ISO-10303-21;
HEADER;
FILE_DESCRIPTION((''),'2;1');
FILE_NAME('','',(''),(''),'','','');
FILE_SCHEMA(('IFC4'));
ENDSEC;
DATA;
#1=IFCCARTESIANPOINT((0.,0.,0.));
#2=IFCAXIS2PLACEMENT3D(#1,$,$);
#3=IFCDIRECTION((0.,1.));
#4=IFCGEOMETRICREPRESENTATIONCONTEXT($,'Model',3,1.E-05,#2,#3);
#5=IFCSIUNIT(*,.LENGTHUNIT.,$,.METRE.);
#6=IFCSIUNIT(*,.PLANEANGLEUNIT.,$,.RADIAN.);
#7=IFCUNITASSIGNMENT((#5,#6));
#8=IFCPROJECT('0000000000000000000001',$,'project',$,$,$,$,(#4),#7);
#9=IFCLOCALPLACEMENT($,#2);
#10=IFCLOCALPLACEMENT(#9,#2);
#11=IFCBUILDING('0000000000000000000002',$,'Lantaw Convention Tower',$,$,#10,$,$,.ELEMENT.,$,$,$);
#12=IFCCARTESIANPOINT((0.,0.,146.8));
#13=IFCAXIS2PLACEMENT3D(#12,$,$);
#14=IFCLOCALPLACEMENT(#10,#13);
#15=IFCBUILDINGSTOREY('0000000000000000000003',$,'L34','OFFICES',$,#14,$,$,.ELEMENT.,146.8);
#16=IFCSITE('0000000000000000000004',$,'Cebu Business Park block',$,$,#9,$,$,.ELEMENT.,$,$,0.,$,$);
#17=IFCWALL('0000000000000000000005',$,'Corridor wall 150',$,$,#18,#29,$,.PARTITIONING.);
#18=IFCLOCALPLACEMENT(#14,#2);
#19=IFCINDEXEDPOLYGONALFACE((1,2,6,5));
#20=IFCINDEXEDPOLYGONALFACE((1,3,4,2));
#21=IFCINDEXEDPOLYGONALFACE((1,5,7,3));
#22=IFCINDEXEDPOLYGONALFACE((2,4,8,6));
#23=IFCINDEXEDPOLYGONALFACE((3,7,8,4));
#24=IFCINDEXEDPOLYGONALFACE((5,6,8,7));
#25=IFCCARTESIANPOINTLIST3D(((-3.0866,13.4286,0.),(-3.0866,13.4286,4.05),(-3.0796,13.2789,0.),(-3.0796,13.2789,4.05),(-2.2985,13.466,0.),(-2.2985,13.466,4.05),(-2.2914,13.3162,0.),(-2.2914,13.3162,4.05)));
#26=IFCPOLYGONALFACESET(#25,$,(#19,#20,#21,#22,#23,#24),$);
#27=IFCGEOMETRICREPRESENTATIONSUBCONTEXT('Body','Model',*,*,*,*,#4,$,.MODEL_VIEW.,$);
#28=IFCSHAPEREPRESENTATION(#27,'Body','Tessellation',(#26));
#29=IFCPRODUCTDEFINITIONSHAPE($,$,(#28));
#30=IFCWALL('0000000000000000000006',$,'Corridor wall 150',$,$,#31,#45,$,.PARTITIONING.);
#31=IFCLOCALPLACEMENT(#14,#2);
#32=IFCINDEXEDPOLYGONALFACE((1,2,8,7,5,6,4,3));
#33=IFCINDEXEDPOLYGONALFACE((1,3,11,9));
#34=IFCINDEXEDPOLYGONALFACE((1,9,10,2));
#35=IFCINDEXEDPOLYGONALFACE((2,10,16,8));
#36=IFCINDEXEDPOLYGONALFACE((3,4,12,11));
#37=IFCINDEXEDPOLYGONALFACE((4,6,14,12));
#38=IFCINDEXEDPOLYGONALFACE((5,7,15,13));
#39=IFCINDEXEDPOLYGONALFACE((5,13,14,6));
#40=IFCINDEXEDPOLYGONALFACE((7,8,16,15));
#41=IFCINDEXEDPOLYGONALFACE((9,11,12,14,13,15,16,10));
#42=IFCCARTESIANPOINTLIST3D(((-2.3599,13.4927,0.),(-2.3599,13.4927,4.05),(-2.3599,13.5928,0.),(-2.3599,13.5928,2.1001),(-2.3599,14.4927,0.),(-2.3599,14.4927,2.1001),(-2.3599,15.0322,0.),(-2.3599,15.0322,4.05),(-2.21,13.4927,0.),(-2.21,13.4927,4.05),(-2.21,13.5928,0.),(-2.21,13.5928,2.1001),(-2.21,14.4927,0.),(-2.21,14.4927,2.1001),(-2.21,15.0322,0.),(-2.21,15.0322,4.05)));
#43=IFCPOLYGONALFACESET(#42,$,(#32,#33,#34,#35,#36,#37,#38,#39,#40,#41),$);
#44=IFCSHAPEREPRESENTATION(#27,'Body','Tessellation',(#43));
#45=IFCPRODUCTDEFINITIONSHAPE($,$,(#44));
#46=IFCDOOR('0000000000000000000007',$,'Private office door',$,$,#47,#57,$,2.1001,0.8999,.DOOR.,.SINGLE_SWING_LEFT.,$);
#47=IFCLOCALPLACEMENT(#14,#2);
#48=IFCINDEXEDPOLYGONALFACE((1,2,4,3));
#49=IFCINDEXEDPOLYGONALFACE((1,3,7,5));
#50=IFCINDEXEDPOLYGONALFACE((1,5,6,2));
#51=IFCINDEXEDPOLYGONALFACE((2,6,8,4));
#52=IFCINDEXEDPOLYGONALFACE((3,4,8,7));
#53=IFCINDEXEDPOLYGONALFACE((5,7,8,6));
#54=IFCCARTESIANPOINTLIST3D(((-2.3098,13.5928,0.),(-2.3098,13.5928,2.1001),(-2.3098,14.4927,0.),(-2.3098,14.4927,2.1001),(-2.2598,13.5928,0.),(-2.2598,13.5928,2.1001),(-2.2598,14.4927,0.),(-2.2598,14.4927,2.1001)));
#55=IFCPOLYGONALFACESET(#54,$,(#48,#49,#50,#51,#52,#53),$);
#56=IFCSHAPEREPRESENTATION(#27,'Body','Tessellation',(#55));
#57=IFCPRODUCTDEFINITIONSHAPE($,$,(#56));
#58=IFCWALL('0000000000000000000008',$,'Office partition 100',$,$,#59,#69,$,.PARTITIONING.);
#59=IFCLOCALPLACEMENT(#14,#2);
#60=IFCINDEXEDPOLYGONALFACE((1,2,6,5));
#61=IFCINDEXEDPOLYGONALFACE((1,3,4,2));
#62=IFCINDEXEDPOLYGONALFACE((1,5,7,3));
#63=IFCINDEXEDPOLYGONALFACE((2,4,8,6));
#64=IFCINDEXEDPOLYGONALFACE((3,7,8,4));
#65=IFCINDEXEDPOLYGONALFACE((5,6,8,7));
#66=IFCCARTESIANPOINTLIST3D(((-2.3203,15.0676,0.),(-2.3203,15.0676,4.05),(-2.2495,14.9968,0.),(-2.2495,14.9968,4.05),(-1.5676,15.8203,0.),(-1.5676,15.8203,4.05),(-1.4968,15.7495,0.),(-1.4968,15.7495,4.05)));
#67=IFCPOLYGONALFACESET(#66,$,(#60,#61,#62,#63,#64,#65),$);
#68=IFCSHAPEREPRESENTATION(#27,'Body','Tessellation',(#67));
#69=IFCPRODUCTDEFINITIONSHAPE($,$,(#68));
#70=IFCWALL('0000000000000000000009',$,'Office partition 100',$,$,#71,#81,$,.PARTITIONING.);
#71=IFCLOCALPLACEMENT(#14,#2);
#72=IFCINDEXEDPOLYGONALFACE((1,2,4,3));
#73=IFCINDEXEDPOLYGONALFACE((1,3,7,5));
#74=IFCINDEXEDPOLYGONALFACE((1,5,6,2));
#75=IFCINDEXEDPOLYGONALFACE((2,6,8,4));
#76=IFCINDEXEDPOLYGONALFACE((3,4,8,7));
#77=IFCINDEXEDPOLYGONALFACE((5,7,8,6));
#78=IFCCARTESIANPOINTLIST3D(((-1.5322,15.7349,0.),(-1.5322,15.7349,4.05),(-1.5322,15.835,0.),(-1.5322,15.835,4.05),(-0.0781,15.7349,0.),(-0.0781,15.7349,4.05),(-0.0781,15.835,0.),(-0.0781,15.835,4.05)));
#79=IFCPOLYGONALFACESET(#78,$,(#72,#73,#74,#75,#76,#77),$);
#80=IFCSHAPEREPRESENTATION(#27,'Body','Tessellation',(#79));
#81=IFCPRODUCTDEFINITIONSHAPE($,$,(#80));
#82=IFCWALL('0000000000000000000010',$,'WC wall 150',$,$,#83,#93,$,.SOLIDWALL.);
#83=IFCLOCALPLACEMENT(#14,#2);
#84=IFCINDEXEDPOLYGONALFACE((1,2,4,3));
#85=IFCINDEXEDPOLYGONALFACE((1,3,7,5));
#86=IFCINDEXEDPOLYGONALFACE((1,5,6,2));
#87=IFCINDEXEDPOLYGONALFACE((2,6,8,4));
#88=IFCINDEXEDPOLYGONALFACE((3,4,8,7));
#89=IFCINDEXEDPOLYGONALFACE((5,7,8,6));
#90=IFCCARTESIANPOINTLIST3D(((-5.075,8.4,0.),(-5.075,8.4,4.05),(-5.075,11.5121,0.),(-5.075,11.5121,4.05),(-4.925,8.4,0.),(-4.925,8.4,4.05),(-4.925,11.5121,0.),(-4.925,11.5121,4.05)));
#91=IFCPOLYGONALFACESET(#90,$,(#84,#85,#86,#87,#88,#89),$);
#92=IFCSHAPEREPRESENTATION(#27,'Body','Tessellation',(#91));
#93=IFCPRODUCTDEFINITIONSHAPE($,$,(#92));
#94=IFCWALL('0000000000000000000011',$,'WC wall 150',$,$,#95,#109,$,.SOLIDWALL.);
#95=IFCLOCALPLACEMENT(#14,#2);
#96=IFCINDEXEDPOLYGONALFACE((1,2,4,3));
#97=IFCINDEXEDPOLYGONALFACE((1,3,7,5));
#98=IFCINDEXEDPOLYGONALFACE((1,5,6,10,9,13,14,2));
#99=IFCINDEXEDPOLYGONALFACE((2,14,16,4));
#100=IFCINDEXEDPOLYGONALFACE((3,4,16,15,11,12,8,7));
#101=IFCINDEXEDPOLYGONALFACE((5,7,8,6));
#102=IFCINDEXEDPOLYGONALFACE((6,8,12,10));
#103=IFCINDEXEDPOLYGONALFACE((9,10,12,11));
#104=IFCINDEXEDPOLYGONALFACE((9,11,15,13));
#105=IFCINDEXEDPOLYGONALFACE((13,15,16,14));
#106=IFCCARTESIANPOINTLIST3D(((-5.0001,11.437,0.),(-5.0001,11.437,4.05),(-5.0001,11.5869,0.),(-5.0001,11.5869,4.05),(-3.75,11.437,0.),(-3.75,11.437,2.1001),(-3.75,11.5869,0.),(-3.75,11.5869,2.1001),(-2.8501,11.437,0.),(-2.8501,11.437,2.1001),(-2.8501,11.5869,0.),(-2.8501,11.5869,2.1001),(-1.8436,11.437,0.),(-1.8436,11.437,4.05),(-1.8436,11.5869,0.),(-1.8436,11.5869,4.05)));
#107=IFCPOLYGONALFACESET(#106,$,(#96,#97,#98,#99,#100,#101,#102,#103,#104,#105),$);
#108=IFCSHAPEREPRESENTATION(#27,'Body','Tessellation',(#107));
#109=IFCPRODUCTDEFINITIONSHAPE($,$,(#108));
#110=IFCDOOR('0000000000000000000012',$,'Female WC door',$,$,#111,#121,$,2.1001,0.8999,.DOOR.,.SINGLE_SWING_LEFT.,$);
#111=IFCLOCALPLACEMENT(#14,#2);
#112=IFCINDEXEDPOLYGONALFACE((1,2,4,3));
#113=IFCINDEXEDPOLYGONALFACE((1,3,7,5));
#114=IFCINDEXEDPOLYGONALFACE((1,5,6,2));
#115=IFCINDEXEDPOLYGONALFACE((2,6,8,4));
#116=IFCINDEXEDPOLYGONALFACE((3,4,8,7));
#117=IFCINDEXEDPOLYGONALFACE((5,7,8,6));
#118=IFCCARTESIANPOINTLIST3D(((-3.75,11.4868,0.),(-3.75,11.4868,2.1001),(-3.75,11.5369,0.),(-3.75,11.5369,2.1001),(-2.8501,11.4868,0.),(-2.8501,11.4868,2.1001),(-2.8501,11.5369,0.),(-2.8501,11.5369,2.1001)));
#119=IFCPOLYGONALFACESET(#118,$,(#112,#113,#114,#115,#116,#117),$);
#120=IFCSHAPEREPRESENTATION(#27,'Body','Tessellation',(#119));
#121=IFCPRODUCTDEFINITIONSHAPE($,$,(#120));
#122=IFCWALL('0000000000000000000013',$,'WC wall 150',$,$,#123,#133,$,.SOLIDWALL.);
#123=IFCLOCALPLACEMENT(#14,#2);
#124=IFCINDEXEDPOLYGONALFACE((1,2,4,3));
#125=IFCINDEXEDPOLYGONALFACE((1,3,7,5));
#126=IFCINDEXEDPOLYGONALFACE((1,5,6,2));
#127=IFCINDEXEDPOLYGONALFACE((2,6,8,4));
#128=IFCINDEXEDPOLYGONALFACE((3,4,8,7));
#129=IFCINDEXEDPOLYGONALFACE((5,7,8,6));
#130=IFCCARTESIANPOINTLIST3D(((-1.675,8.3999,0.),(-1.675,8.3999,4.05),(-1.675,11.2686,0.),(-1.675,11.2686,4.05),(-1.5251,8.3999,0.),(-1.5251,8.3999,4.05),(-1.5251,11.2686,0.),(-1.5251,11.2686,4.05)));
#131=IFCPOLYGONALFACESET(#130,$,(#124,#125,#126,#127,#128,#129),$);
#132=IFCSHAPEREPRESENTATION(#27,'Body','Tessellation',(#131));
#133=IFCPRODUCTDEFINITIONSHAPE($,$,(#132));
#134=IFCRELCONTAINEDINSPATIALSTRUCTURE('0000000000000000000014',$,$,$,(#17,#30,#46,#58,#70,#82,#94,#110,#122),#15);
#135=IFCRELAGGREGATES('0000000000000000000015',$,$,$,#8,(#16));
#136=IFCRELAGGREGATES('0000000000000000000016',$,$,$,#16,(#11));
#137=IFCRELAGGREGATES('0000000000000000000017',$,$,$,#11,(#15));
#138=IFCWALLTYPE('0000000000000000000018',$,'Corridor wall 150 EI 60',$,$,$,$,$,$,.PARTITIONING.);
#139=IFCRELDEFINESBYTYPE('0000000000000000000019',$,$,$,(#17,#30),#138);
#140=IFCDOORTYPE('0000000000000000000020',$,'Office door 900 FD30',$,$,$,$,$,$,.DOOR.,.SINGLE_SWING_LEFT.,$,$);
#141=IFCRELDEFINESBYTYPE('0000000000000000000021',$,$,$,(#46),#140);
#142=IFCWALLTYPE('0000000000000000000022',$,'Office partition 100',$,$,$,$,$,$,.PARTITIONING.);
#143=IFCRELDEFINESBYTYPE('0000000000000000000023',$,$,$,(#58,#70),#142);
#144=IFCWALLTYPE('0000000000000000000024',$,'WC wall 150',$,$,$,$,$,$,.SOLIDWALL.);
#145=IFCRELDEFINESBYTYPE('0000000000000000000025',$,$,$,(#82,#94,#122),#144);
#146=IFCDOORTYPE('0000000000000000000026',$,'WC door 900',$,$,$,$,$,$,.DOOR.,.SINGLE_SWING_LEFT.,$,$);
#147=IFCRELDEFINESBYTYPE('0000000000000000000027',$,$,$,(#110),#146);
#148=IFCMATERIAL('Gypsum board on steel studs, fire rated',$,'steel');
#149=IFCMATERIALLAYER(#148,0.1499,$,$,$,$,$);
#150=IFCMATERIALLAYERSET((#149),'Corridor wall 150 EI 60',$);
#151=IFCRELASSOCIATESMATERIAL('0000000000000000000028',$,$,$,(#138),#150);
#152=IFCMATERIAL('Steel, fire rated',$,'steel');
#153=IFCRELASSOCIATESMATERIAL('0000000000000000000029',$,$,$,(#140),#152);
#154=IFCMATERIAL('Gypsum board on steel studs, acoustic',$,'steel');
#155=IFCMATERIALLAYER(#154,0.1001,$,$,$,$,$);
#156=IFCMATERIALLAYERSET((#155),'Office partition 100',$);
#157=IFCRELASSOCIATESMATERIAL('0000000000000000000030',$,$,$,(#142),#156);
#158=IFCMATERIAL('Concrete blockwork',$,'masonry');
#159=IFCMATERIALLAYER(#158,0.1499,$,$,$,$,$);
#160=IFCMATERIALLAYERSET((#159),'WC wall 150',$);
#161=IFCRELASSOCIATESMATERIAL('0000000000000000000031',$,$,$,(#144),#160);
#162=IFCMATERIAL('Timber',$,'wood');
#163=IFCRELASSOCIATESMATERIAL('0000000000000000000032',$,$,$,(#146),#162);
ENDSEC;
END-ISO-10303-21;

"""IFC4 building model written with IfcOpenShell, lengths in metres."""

from ifc_helpers import new_model, si_unit, direction, frame, frame_2d, origin, place, context, subcontext, project, spatial, rectangle, extrude, material, layer, layer_set, type_object, element, fill, save


model = new_model("IFC4")

# Units and contexts
model_context = context("Model", 3, precision=1e-05, world=origin(), true_north=direction((0.0, 1.0)))
body_context = subcontext(model_context, "Body", "Model", "MODEL_VIEW")
ifc_project = project(units=[si_unit("LENGTHUNIT", "METRE"), si_unit("PLANEANGLEUNIT", "RADIAN")], contexts=[model_context])

# Site, building, storey
site_placement = place(None, origin())
site = spatial("IfcSite", under=ifc_project, at=site_placement, Name="Cebu Business Park block", CompositionType="ELEMENT", RefElevation=0.0)
building_placement = place(site_placement, origin())
building = spatial("IfcBuilding", under=site, at=building_placement, Name="Lantaw Convention Tower", CompositionType="ELEMENT")
storey_placement = place(building_placement, frame((0.0, 0.0, 146.8)))
storey = spatial("IfcBuildingStorey", under=building, at=storey_placement, Name="L34", Description="OFFICES", CompositionType="ELEMENT", Elevation=146.8)

# Shared definitions
ifc_material_1 = material(Name="Gypsum board on steel studs, fire rated", Category="steel")
ifc_layer_1 = layer(ifc_material_1, 0.1499)
ifc_layer_set_1 = layer_set([ifc_layer_1], Name="Corridor wall 150 EI 60")
wall_type_1 = type_object("IfcWallType", Name="Corridor wall 150 EI 60", PredefinedType="PARTITIONING", material=ifc_layer_set_1)
ifc_material_2 = material(Name="Steel, fire rated", Category="steel")
door_type_1 = type_object("IfcDoorType", Name="Office door 900 FD30", OperationType="SINGLE_SWING_LEFT", PredefinedType="DOOR", material=ifc_material_2)

# Wall
wall_1_placement = place(storey_placement, frame((-2.2949, 13.3911, 0.0), z_axis=(0.0, 0.0, 1.0), x_axis=(-0.998879, -0.047345, 0.0)))
element("IfcWall", 1, at=wall_1_placement, inside=storey, type_object=wall_type_1, Name="Corridor wall 150", PredefinedType="PARTITIONING", context=body_context, shape_type="SweptSolid", body=[
    extrude(rectangle(XDim=0.7891, YDim=0.1499, at=frame_2d((0.3945, 0.0))), origin(), (0.0, 0.0, 1.0), 4.05),
])

# Wall, opening, door
wall_2_placement = place(storey_placement, frame((-2.2849, 13.4927, 0.0), z_axis=(0.0, 0.0, 1.0), x_axis=(0.0, 1.0, 0.0)))
wall_2 = element("IfcWall", 2, at=wall_2_placement, inside=storey, type_object=wall_type_1, Name="Corridor wall 150", PredefinedType="PARTITIONING", context=body_context, shape_type="SweptSolid", body=[
    extrude(rectangle(XDim=1.5396, YDim=0.1499, at=frame_2d((0.7698, 0.0))), origin(), (0.0, 0.0, 1.0), 4.05),
])
opening_1_placement = place(wall_2_placement, frame((0.1001, 0.0, 0.0)))
opening_1 = element("IfcOpeningElement", 3, at=opening_1_placement, cuts=wall_2, PredefinedType="OPENING", context=body_context, shape_type="SweptSolid", body=[
    extrude(rectangle(XDim=0.8999, YDim=2.1001, at=frame_2d((0.45, 1.05))), frame((0.0, 0.085, 0.0), z_axis=(0.0, -1.0, 0.0), x_axis=(1.0, 0.0, 0.0)), (0.0, 0.0, 1.0), 0.1699),
])
door_1_placement = place(opening_1_placement, origin())
door_1 = element("IfcDoor", 4, at=door_1_placement, inside=storey, type_object=door_type_1, Name="Private office door", OperationType="SINGLE_SWING_LEFT", OverallHeight=2.1001, OverallWidth=0.8999, PredefinedType="DOOR", context=body_context, shape_type="SweptSolid", body=[
    extrude(rectangle(XDim=0.8999, YDim=2.1001, at=frame_2d((0.45, 1.05))), frame((0.0, 0.0249, 0.0), z_axis=(0.0, -1.0, 0.0), x_axis=(1.0, 0.0, 0.0)), (0.0, 0.0, 1.0), 0.05),
])
fill(opening_1, door_1)

# Walls
ifc_material_3 = material(Name="Gypsum board on steel studs, acoustic", Category="steel")
ifc_layer_2 = layer(ifc_material_3, 0.1001)
ifc_layer_set_2 = layer_set([ifc_layer_2], Name="Office partition 100")
wall_type_2 = type_object("IfcWallType", Name="Office partition 100", PredefinedType="PARTITIONING", material=ifc_layer_set_2)
wall_3_placement = place(storey_placement, frame((-2.2849, 15.0322, 0.0), z_axis=(0.0, 0.0, 1.0), x_axis=(0.707107, 0.707107, 0.0)))
element("IfcWall", 5, at=wall_3_placement, inside=storey, type_object=wall_type_2, Name="Office partition 100", PredefinedType="PARTITIONING", context=body_context, shape_type="SweptSolid", body=[
    extrude(rectangle(XDim=1.0645, YDim=0.1001, at=frame_2d((0.5322, 0.0))), origin(), (0.0, 0.0, 1.0), 4.05),
])
wall_4_placement = place(storey_placement, frame((-1.5322, 15.7849, 0.0), z_axis=(0.0, 0.0, 1.0), x_axis=(1.0, 0.0, 0.0)))
element("IfcWall", 6, at=wall_4_placement, inside=storey, type_object=wall_type_2, Name="Office partition 100", PredefinedType="PARTITIONING", context=body_context, shape_type="SweptSolid", body=[
    extrude(rectangle(XDim=1.4541, YDim=0.1001, at=frame_2d((0.7271, 0.0))), origin(), (0.0, 0.0, 1.0), 4.05),
])
ifc_material_4 = material(Name="Concrete blockwork", Category="masonry")
ifc_layer_3 = layer(ifc_material_4, 0.1499)
ifc_layer_set_3 = layer_set([ifc_layer_3], Name="WC wall 150")
wall_type_3 = type_object("IfcWallType", Name="WC wall 150", PredefinedType="SOLIDWALL", material=ifc_layer_set_3)
wall_5_placement = place(storey_placement, frame((-5.0, 8.3999, 0.0), z_axis=(0.0, 0.0, 1.0), x_axis=(0.0, 1.0, 0.0)))
element("IfcWall", 7, at=wall_5_placement, inside=storey, type_object=wall_type_3, Name="WC wall 150", PredefinedType="SOLIDWALL", context=body_context, shape_type="SweptSolid", body=[
    extrude(rectangle(XDim=3.1121, YDim=0.1499, at=frame_2d((1.5562, 0.0))), origin(), (0.0, 0.0, 1.0), 4.05),
])

# Wall, opening, door
wall_6_placement = place(storey_placement, frame((-5.0, 11.512, 0.0), z_axis=(0.0, 0.0, 1.0), x_axis=(1.0, 0.0, 0.0)))
wall_6 = element("IfcWall", 8, at=wall_6_placement, inside=storey, type_object=wall_type_3, Name="WC wall 150", PredefinedType="SOLIDWALL", context=body_context, shape_type="SweptSolid", body=[
    extrude(rectangle(XDim=3.1565, YDim=0.1499, at=frame_2d((1.5781, 0.0))), origin(), (0.0, 0.0, 1.0), 4.05),
])
opening_2_placement = place(wall_6_placement, frame((1.25, 0.0, 0.0)))
opening_2 = element("IfcOpeningElement", 9, at=opening_2_placement, cuts=wall_6, PredefinedType="OPENING", context=body_context, shape_type="SweptSolid", body=[
    extrude(rectangle(XDim=0.8999, YDim=2.1001, at=frame_2d((0.45, 1.05))), frame((0.0, 0.085, 0.0), z_axis=(0.0, -1.0, 0.0), x_axis=(1.0, 0.0, 0.0)), (0.0, 0.0, 1.0), 0.1699),
])
ifc_material_5 = material(Name="Timber", Category="wood")
door_type_2 = type_object("IfcDoorType", Name="WC door 900", OperationType="SINGLE_SWING_LEFT", PredefinedType="DOOR", material=ifc_material_5)
door_2_placement = place(opening_2_placement, origin())
door_2 = element("IfcDoor", 10, at=door_2_placement, inside=storey, type_object=door_type_2, Name="Female WC door", OperationType="SINGLE_SWING_LEFT", OverallHeight=2.1001, OverallWidth=0.8999, PredefinedType="DOOR", context=body_context, shape_type="SweptSolid", body=[
    extrude(rectangle(XDim=0.8999, YDim=2.1001, at=frame_2d((0.45, 1.05))), frame((0.0, 0.0249, 0.0), z_axis=(0.0, -1.0, 0.0), x_axis=(1.0, 0.0, 0.0)), (0.0, 0.0, 1.0), 0.05),
])
fill(opening_2, door_2)

# Wall
wall_7_placement = place(storey_placement, frame((-1.6001, 8.3999, 0.0), z_axis=(0.0, 0.0, 1.0), x_axis=(0.0, 1.0, 0.0)))
element("IfcWall", 11, at=wall_7_placement, inside=storey, type_object=wall_type_3, Name="WC wall 150", PredefinedType="SOLIDWALL", context=body_context, shape_type="SweptSolid", body=[
    extrude(rectangle(XDim=2.8687, YDim=0.1499, at=frame_2d((1.4343, 0.0))), origin(), (0.0, 0.0, 1.0), 4.05),
])

save(model, "model.ifc")
